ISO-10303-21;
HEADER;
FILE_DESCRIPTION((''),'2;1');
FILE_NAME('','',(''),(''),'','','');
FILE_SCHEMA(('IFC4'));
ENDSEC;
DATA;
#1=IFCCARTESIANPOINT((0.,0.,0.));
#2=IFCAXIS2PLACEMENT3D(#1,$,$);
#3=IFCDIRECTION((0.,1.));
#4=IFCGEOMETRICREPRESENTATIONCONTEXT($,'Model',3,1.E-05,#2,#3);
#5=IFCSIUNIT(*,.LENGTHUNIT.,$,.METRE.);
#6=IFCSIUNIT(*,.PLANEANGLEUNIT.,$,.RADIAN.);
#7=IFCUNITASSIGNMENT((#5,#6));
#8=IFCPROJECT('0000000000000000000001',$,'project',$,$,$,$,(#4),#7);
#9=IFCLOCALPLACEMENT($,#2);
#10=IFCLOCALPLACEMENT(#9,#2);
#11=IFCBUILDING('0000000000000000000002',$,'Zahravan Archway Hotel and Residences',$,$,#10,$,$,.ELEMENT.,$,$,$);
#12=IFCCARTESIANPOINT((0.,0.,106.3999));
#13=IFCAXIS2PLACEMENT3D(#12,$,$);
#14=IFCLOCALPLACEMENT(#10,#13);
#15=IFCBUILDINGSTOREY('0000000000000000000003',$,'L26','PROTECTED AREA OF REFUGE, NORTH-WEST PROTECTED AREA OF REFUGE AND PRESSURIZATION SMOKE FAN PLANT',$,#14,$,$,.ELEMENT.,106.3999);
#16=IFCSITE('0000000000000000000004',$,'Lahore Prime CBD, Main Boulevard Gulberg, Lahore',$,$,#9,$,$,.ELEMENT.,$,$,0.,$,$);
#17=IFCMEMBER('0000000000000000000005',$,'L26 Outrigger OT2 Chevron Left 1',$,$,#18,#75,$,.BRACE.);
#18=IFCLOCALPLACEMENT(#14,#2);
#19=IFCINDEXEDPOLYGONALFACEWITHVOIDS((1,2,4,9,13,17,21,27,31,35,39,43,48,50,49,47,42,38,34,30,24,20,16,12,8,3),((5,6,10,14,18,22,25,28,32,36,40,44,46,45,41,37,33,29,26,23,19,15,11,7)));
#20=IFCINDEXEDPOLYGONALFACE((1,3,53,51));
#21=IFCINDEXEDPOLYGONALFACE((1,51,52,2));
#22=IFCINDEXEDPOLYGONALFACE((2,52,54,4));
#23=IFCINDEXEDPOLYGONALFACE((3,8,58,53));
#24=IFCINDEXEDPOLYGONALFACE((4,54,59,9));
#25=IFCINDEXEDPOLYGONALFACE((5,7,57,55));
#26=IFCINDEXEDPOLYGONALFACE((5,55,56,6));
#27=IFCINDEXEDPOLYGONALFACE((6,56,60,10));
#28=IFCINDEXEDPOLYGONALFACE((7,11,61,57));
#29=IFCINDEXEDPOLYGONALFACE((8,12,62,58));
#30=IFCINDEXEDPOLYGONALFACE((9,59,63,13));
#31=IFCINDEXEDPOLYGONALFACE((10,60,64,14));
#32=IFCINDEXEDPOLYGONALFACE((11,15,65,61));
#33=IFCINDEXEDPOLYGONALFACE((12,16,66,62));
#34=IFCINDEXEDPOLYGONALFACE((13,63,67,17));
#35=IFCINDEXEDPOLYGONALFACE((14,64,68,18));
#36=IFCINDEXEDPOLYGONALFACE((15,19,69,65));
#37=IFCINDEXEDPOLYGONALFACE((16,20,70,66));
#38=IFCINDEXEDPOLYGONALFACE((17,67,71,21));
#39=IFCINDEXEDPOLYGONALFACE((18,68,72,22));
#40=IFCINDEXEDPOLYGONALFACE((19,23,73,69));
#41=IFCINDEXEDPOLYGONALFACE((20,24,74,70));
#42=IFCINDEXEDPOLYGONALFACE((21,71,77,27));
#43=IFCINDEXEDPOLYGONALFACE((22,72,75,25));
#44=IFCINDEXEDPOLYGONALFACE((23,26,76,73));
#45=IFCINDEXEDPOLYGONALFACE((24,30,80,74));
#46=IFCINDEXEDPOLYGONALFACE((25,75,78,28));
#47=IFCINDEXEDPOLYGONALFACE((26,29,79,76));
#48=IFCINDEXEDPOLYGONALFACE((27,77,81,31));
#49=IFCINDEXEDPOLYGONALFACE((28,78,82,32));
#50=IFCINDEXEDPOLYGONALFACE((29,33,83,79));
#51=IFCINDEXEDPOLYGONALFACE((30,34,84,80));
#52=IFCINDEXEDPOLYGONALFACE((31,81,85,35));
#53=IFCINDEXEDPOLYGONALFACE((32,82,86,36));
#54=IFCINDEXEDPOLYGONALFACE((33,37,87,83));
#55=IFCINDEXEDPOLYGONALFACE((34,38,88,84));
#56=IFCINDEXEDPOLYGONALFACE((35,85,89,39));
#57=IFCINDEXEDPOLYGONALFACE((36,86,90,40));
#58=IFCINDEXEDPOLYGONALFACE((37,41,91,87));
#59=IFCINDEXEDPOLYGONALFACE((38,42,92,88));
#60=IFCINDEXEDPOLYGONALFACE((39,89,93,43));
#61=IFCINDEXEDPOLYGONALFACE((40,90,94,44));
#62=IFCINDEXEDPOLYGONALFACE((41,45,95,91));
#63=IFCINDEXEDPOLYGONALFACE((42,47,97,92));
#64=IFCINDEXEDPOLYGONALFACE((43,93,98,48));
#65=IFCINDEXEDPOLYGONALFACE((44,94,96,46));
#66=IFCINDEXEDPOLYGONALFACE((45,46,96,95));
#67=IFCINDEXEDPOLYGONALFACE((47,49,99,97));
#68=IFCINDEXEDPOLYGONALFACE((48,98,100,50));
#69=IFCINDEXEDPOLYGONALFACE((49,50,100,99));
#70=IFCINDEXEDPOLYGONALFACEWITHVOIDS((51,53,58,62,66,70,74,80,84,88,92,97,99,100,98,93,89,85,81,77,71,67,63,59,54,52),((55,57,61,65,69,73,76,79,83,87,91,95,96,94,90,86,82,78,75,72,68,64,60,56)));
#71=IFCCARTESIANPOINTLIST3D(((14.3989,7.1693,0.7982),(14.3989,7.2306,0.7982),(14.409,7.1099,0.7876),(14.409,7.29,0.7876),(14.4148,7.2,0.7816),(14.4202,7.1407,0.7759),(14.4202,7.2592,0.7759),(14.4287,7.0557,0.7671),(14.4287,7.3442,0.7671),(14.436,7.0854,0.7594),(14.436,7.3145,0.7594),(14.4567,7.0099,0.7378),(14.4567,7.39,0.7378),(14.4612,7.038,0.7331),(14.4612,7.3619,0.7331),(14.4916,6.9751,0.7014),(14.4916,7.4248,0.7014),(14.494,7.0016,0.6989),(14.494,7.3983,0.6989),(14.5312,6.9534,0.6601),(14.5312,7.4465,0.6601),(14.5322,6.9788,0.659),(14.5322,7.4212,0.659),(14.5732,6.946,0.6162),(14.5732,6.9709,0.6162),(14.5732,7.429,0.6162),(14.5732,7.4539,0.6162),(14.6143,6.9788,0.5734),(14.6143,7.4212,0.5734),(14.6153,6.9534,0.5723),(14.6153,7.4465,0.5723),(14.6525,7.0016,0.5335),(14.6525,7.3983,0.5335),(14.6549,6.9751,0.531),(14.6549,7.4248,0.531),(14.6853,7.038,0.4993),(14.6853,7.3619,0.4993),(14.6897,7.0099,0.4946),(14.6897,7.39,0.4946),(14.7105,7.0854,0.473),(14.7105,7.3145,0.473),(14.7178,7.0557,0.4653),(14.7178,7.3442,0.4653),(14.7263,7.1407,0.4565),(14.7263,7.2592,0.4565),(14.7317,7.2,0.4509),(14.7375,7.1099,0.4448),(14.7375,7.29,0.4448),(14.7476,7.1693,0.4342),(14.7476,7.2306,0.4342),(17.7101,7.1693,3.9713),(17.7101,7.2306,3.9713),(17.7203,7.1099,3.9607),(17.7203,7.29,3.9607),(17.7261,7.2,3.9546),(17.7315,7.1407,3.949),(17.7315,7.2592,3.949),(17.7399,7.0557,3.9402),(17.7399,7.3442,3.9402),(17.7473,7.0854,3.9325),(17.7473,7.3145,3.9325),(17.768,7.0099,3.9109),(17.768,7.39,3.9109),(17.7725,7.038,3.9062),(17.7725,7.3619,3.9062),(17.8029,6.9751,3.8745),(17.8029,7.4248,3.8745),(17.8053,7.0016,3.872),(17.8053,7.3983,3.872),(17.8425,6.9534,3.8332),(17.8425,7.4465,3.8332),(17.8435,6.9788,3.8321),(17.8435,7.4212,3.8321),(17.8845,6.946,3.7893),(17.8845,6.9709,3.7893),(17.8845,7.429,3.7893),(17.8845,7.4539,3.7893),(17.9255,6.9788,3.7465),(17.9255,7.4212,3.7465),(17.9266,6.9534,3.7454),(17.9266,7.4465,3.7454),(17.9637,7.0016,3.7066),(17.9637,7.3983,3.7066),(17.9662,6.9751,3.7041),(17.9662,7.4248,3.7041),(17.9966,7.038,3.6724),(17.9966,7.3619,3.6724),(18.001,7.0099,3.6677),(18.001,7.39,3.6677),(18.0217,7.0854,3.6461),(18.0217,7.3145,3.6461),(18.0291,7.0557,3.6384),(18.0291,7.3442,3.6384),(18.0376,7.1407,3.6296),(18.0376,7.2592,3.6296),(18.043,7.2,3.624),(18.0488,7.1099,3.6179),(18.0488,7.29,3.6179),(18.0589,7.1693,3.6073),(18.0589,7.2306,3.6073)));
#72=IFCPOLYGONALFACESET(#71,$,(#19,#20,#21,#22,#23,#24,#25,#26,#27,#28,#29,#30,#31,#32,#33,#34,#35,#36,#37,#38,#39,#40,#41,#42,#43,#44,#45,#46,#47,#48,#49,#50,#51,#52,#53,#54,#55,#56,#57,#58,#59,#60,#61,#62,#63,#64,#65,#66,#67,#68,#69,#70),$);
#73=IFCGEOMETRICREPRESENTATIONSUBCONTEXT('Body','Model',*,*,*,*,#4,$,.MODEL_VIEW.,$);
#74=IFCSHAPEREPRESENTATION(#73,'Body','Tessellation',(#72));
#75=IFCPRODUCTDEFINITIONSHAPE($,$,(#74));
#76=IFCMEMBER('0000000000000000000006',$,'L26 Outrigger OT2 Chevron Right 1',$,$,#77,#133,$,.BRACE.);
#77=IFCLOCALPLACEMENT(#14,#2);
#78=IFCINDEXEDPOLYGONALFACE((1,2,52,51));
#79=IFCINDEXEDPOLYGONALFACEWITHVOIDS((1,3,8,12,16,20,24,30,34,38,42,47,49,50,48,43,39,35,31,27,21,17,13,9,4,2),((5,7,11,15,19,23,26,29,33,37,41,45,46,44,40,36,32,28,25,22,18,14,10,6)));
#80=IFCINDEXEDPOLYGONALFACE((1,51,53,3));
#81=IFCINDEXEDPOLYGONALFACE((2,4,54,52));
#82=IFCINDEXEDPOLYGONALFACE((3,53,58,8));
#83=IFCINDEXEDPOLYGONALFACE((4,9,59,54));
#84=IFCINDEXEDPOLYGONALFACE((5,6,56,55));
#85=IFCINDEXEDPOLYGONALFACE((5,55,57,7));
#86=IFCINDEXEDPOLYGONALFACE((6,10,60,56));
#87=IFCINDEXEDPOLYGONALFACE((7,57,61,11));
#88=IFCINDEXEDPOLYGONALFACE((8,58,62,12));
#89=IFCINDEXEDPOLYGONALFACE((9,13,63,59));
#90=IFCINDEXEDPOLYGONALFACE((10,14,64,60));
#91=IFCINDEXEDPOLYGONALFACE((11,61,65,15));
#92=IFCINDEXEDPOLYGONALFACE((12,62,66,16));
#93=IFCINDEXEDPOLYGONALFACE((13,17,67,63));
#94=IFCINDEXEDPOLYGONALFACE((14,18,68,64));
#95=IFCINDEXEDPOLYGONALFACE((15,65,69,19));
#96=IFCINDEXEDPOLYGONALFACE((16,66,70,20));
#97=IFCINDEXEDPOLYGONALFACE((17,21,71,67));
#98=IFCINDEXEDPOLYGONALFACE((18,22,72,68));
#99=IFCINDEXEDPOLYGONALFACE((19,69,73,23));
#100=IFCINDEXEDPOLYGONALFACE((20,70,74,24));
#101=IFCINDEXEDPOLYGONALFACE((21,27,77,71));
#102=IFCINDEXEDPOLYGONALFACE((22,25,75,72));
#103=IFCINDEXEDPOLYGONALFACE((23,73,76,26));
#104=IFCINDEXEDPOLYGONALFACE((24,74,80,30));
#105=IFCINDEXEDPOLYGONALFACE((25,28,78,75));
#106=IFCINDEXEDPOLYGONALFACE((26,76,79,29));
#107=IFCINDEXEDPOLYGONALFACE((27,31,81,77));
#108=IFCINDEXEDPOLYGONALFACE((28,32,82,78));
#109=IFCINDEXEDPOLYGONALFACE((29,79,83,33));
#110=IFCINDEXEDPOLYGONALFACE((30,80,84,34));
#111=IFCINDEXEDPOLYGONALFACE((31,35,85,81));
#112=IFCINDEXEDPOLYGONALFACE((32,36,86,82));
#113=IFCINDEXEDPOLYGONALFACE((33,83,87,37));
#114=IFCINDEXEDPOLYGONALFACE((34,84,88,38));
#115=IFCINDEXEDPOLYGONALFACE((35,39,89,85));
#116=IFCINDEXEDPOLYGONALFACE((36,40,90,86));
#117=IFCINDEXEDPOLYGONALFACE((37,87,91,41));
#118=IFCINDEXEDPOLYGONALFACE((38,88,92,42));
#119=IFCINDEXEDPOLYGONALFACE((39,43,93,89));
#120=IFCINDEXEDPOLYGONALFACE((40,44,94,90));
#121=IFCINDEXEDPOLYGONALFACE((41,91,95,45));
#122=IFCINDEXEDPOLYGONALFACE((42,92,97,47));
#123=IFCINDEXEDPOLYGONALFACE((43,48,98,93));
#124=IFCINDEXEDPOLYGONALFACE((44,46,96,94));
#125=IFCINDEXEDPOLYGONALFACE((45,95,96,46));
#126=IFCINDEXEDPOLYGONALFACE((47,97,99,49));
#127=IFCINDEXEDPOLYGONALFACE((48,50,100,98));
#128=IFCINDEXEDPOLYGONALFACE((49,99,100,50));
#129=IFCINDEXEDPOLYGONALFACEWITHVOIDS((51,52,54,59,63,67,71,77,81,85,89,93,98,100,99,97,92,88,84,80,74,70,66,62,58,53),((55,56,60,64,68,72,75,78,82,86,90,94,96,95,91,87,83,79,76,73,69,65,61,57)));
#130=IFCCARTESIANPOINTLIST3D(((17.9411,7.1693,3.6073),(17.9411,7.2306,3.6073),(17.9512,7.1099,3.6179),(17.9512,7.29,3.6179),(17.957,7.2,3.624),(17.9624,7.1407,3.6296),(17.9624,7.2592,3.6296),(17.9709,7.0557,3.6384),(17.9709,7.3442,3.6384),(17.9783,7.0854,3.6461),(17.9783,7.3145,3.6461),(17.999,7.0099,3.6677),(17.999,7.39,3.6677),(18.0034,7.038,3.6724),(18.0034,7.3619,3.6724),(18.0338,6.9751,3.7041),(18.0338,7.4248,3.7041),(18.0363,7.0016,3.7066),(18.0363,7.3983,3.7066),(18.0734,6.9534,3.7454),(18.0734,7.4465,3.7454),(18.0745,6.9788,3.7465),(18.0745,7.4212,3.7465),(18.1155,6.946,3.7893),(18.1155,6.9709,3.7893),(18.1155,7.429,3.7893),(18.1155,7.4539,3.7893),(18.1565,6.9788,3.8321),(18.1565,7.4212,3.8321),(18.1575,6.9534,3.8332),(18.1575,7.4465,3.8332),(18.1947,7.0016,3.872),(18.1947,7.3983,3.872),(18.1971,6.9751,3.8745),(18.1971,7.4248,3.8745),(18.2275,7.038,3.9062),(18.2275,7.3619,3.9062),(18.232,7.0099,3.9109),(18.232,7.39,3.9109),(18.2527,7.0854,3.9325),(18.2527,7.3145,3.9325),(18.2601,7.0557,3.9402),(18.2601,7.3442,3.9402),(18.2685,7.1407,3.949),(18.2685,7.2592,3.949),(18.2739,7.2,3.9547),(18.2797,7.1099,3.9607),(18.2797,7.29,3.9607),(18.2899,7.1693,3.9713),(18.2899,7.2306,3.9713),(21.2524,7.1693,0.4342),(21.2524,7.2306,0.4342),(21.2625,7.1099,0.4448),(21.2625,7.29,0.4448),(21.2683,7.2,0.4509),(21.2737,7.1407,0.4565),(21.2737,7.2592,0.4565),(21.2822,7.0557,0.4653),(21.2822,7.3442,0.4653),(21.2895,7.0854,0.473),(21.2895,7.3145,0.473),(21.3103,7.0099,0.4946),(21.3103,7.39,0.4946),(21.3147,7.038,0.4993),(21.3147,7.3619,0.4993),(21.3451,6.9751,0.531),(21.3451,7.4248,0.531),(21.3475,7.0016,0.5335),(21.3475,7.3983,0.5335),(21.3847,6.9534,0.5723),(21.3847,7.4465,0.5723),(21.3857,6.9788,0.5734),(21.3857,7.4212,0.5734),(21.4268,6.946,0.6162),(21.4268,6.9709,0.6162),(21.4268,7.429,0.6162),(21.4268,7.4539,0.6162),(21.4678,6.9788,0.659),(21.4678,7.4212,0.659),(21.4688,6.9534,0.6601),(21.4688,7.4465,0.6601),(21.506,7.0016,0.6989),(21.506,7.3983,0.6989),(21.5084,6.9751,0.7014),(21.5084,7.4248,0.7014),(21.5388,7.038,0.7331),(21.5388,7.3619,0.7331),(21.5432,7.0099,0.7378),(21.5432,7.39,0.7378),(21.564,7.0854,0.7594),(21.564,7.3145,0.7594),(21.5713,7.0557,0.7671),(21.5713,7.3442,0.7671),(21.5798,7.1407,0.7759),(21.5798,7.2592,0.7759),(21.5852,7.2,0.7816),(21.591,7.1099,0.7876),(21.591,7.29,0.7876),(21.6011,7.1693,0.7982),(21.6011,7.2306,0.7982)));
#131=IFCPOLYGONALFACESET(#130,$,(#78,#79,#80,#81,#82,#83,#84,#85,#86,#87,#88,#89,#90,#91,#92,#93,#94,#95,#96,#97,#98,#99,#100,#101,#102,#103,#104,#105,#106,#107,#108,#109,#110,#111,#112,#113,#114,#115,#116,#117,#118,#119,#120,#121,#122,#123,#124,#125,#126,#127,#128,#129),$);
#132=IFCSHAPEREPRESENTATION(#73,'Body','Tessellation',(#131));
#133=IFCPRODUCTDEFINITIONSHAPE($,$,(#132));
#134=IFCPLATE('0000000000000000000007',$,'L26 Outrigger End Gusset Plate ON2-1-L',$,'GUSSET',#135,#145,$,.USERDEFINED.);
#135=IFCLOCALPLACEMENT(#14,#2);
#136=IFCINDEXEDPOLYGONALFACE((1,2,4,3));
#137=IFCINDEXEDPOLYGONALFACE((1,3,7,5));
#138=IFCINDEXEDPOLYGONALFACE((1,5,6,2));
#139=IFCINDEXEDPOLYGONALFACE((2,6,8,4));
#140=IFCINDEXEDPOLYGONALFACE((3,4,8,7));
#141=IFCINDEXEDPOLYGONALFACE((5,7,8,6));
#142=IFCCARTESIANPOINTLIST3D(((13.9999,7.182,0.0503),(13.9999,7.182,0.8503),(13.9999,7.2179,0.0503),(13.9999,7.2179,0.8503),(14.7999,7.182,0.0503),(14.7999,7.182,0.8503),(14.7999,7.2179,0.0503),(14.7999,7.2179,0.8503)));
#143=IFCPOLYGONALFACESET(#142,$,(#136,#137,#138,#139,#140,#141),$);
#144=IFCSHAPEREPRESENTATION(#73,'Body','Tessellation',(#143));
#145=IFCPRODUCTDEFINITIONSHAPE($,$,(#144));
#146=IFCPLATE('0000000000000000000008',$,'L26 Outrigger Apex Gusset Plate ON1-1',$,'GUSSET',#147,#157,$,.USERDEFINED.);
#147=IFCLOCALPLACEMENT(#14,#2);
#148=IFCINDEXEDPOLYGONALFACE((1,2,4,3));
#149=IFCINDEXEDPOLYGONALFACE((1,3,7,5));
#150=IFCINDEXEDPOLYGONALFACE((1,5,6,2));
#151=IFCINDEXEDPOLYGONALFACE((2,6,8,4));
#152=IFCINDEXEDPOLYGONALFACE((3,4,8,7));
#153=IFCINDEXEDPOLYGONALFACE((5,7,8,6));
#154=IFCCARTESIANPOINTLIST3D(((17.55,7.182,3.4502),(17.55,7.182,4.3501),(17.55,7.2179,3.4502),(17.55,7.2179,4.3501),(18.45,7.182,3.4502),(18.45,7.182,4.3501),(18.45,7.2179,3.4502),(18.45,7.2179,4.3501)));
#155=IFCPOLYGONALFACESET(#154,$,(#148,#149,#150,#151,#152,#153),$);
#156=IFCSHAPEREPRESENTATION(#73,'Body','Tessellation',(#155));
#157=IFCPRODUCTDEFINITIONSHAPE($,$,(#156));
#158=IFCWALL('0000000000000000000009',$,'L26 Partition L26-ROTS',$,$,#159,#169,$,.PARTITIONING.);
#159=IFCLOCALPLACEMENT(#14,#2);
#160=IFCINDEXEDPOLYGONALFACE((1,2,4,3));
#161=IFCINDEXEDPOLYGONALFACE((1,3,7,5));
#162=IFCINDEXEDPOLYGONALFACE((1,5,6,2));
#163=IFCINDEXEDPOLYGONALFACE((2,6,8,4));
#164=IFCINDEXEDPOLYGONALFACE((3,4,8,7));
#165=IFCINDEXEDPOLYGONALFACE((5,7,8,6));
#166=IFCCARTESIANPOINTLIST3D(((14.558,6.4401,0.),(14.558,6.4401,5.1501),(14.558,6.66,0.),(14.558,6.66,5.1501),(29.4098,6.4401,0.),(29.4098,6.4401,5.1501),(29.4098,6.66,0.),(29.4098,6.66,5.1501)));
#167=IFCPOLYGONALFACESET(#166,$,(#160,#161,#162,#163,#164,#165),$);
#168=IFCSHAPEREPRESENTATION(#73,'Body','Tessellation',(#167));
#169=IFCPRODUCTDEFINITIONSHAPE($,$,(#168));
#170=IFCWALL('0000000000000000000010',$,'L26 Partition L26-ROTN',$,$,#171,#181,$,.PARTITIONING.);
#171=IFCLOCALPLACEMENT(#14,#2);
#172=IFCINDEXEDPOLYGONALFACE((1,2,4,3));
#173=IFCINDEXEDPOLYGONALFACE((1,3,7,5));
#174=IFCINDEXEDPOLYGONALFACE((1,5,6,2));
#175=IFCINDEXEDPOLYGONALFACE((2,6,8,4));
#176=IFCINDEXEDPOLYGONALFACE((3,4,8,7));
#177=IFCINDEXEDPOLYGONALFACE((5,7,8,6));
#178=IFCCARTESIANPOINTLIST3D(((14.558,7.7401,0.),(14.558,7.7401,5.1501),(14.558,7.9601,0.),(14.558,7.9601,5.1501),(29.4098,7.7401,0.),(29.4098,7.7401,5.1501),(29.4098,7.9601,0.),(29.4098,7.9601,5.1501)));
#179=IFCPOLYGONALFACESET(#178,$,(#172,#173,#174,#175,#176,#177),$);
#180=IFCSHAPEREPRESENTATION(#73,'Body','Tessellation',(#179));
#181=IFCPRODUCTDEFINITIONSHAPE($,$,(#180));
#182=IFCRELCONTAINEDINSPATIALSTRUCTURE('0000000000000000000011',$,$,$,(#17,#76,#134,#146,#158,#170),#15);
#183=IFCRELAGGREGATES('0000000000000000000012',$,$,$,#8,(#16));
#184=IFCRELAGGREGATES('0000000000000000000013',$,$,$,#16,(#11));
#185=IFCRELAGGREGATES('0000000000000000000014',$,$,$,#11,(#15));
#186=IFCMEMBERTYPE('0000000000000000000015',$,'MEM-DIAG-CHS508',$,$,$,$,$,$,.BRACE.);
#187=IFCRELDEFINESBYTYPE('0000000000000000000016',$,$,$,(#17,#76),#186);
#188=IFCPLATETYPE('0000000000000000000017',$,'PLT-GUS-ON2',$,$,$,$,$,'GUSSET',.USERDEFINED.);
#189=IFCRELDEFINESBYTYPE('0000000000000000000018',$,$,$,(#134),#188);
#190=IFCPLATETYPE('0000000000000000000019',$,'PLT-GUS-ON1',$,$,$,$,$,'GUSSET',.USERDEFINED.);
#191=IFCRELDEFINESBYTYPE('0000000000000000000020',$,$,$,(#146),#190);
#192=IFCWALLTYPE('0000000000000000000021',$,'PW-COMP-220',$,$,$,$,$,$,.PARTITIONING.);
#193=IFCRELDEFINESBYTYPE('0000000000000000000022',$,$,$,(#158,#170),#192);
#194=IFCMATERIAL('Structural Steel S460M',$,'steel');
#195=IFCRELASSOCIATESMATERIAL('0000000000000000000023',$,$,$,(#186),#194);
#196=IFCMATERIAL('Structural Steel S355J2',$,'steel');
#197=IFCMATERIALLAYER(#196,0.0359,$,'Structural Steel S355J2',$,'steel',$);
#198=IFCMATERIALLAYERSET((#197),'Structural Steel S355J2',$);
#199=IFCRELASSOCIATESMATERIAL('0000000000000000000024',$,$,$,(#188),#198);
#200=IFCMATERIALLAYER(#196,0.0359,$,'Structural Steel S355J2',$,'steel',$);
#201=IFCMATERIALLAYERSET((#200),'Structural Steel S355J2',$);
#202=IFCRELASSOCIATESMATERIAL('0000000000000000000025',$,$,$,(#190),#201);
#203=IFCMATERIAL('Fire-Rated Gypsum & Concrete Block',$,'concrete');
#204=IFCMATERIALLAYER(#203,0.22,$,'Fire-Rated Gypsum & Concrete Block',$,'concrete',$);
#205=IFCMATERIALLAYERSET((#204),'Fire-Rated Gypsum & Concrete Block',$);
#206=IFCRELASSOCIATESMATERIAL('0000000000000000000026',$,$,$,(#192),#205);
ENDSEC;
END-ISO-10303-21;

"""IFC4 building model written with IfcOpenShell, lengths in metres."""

from ifc_helpers import new_model, si_unit, direction, frame, frame_2d, origin, origin_2d, place, context, subcontext, project, spatial, rectangle, hollow_circle, extrude, source, transform, mapped, material, layer, layer_set, material_profile, profile_set, type_object, type_shapes, element, save


model = new_model("IFC4")

# Units and contexts
model_context = context("Model", 3, precision=1e-05, world=origin(), true_north=direction((0.0, 1.0)))
body_context = subcontext(model_context, "Body", "Model", "MODEL_VIEW")
ifc_project = project(units=[si_unit("LENGTHUNIT", "METRE"), si_unit("PLANEANGLEUNIT", "RADIAN")], contexts=[model_context])

# Site, building, storey
site_placement = place(None, origin())
site = spatial("IfcSite", under=ifc_project, at=site_placement, Name="Lahore Prime CBD, Main Boulevard Gulberg, Lahore", CompositionType="ELEMENT", RefElevation=0.0)
building_placement = place(site_placement, origin())
building = spatial("IfcBuilding", under=site, at=building_placement, Name="Zahravan Archway Hotel and Residences", CompositionType="ELEMENT")
storey_placement = place(building_placement, frame((0.0, 0.0, 106.3999)))
storey = spatial("IfcBuildingStorey", under=building, at=storey_placement, Name="L26", Description="PROTECTED AREA OF REFUGE, NORTH-WEST PROTECTED AREA OF REFUGE AND PRESSURIZATION SMOKE FAN PLANT", CompositionType="ELEMENT", Elevation=106.3999)

# Shared definitions
ifc_material_1 = material(Name="Structural Steel S460M", Category="steel")

# Members
ifc_material_profile_1 = material_profile(ifc_material_1, hollow_circle(Radius=0.2539, WallThickness=0.0249, at=origin_2d()), Name="CHS 508x25", Category="steel")
ifc_profile_set_1 = profile_set([ifc_material_profile_1], Name="Structural Steel S460M")
member_type = type_object("IfcMemberType", Name="MEM-DIAG-CHS508", PredefinedType="BRACE", material=ifc_profile_set_1)
shared_shape_1 = source(origin(), body_context, "Body", "SweptSolid", [
    extrude(hollow_circle(Radius=0.2539, WallThickness=0.0249, at=origin_2d()), origin(), (0.0, 0.0, 1.0), 4.5862),
])
type_shapes(member_type, [shared_shape_1])
for number, where, z_axis, x_axis, name in (
    (1, (14.5732, 7.2, 0.6162), (0.722011, 0.0, 0.691881), (0.0, 1.0, 0.0), "L26 Outrigger OT2 Chevron Left 1"),
    (2, (18.1155, 7.2, 3.7893), (0.722011, 0.0, -0.691881), (0.0, 1.0, 0.0), "L26 Outrigger OT2 Chevron Right 1"),
):
    element("IfcMember", number, at=place(storey_placement, frame(where, z_axis=z_axis, x_axis=x_axis)), inside=storey, type_object=member_type, Name=name, PredefinedType="BRACE", context=body_context, shape_type="MappedRepresentation", body=[
        mapped(shared_shape_1, transform((0.0, 0.0, 0.0), scale=1.0)),
    ])

# Plates
ifc_material_2 = material(Name="Structural Steel S355J2", Category="steel")
ifc_layer_1 = layer(ifc_material_2, 0.0359, Name="Structural Steel S355J2", Category="steel")
ifc_layer_set_1 = layer_set([ifc_layer_1], Name="Structural Steel S355J2")
plate_type_1 = type_object("IfcPlateType", Name="PLT-GUS-ON2", ElementType="GUSSET", PredefinedType="USERDEFINED", material=ifc_layer_set_1)
shared_shape_2 = source(origin(), body_context, "Body", "SweptSolid", [
    extrude(rectangle(XDim=0.8, YDim=0.0359, at=origin_2d()), origin(), (0.0, 0.0, 1.0), 0.8),
])
type_shapes(plate_type_1, [shared_shape_2])
plate_1_placement = place(storey_placement, frame((14.3999, 7.2, 0.0503), z_axis=(0.0, 0.0, 1.0), x_axis=(1.0, 0.0, 0.0)))
element("IfcPlate", 3, at=plate_1_placement, inside=storey, type_object=plate_type_1, Name="L26 Outrigger End Gusset Plate ON2-1-L", ObjectType="GUSSET", PredefinedType="USERDEFINED", context=body_context, shape_type="MappedRepresentation", body=[
    mapped(shared_shape_2, transform((0.0, 0.0, 0.0), scale=1.0)),
])
ifc_layer_2 = layer(ifc_material_2, 0.0359, Name="Structural Steel S355J2", Category="steel")
ifc_layer_set_2 = layer_set([ifc_layer_2], Name="Structural Steel S355J2")
plate_type_2 = type_object("IfcPlateType", Name="PLT-GUS-ON1", ElementType="GUSSET", PredefinedType="USERDEFINED", material=ifc_layer_set_2)
shared_shape_3 = source(origin(), body_context, "Body", "SweptSolid", [
    extrude(rectangle(XDim=0.8999, YDim=0.0359, at=origin_2d()), origin(), (0.0, 0.0, 1.0), 0.8999),
])
type_shapes(plate_type_2, [shared_shape_3])
plate_2_placement = place(storey_placement, frame((18.0, 7.2, 3.4502), z_axis=(0.0, 0.0, 1.0), x_axis=(1.0, 0.0, 0.0)))
element("IfcPlate", 4, at=plate_2_placement, inside=storey, type_object=plate_type_2, Name="L26 Outrigger Apex Gusset Plate ON1-1", ObjectType="GUSSET", PredefinedType="USERDEFINED", context=body_context, shape_type="MappedRepresentation", body=[
    mapped(shared_shape_3, transform((0.0, 0.0, 0.0), scale=1.0)),
])

# Walls
ifc_material_3 = material(Name="Fire-Rated Gypsum & Concrete Block", Category="concrete")
ifc_layer_3 = layer(ifc_material_3, 0.22, Name="Fire-Rated Gypsum & Concrete Block", Category="concrete")
ifc_layer_set_3 = layer_set([ifc_layer_3], Name="Fire-Rated Gypsum & Concrete Block")
wall_type_1 = type_object("IfcWallType", Name="PW-COMP-220", PredefinedType="PARTITIONING", material=ifc_layer_set_3)
for number, where, z_axis, x_axis, name in (
    (5, (14.5581, 6.55, 0.0), (0.0, 0.0, 1.0), (1.0, 0.0, 0.0), "L26 Partition L26-ROTS"),
    (6, (14.5581, 7.8501, 0.0), (0.0, 0.0, 1.0), (1.0, 0.0, 0.0), "L26 Partition L26-ROTN"),
):
    element("IfcWall", number, at=place(storey_placement, frame(where, z_axis=z_axis, x_axis=x_axis)), inside=storey, type_object=wall_type_1, Name=name, PredefinedType="PARTITIONING", context=body_context, shape_type="SweptSolid", body=[
        extrude(rectangle(XDim=14.8518, YDim=0.22, at=frame_2d((7.4258, 0.0))), origin(), (0.0, 0.0, 1.0), 5.1501),
    ])

save(model, "model.ifc")
